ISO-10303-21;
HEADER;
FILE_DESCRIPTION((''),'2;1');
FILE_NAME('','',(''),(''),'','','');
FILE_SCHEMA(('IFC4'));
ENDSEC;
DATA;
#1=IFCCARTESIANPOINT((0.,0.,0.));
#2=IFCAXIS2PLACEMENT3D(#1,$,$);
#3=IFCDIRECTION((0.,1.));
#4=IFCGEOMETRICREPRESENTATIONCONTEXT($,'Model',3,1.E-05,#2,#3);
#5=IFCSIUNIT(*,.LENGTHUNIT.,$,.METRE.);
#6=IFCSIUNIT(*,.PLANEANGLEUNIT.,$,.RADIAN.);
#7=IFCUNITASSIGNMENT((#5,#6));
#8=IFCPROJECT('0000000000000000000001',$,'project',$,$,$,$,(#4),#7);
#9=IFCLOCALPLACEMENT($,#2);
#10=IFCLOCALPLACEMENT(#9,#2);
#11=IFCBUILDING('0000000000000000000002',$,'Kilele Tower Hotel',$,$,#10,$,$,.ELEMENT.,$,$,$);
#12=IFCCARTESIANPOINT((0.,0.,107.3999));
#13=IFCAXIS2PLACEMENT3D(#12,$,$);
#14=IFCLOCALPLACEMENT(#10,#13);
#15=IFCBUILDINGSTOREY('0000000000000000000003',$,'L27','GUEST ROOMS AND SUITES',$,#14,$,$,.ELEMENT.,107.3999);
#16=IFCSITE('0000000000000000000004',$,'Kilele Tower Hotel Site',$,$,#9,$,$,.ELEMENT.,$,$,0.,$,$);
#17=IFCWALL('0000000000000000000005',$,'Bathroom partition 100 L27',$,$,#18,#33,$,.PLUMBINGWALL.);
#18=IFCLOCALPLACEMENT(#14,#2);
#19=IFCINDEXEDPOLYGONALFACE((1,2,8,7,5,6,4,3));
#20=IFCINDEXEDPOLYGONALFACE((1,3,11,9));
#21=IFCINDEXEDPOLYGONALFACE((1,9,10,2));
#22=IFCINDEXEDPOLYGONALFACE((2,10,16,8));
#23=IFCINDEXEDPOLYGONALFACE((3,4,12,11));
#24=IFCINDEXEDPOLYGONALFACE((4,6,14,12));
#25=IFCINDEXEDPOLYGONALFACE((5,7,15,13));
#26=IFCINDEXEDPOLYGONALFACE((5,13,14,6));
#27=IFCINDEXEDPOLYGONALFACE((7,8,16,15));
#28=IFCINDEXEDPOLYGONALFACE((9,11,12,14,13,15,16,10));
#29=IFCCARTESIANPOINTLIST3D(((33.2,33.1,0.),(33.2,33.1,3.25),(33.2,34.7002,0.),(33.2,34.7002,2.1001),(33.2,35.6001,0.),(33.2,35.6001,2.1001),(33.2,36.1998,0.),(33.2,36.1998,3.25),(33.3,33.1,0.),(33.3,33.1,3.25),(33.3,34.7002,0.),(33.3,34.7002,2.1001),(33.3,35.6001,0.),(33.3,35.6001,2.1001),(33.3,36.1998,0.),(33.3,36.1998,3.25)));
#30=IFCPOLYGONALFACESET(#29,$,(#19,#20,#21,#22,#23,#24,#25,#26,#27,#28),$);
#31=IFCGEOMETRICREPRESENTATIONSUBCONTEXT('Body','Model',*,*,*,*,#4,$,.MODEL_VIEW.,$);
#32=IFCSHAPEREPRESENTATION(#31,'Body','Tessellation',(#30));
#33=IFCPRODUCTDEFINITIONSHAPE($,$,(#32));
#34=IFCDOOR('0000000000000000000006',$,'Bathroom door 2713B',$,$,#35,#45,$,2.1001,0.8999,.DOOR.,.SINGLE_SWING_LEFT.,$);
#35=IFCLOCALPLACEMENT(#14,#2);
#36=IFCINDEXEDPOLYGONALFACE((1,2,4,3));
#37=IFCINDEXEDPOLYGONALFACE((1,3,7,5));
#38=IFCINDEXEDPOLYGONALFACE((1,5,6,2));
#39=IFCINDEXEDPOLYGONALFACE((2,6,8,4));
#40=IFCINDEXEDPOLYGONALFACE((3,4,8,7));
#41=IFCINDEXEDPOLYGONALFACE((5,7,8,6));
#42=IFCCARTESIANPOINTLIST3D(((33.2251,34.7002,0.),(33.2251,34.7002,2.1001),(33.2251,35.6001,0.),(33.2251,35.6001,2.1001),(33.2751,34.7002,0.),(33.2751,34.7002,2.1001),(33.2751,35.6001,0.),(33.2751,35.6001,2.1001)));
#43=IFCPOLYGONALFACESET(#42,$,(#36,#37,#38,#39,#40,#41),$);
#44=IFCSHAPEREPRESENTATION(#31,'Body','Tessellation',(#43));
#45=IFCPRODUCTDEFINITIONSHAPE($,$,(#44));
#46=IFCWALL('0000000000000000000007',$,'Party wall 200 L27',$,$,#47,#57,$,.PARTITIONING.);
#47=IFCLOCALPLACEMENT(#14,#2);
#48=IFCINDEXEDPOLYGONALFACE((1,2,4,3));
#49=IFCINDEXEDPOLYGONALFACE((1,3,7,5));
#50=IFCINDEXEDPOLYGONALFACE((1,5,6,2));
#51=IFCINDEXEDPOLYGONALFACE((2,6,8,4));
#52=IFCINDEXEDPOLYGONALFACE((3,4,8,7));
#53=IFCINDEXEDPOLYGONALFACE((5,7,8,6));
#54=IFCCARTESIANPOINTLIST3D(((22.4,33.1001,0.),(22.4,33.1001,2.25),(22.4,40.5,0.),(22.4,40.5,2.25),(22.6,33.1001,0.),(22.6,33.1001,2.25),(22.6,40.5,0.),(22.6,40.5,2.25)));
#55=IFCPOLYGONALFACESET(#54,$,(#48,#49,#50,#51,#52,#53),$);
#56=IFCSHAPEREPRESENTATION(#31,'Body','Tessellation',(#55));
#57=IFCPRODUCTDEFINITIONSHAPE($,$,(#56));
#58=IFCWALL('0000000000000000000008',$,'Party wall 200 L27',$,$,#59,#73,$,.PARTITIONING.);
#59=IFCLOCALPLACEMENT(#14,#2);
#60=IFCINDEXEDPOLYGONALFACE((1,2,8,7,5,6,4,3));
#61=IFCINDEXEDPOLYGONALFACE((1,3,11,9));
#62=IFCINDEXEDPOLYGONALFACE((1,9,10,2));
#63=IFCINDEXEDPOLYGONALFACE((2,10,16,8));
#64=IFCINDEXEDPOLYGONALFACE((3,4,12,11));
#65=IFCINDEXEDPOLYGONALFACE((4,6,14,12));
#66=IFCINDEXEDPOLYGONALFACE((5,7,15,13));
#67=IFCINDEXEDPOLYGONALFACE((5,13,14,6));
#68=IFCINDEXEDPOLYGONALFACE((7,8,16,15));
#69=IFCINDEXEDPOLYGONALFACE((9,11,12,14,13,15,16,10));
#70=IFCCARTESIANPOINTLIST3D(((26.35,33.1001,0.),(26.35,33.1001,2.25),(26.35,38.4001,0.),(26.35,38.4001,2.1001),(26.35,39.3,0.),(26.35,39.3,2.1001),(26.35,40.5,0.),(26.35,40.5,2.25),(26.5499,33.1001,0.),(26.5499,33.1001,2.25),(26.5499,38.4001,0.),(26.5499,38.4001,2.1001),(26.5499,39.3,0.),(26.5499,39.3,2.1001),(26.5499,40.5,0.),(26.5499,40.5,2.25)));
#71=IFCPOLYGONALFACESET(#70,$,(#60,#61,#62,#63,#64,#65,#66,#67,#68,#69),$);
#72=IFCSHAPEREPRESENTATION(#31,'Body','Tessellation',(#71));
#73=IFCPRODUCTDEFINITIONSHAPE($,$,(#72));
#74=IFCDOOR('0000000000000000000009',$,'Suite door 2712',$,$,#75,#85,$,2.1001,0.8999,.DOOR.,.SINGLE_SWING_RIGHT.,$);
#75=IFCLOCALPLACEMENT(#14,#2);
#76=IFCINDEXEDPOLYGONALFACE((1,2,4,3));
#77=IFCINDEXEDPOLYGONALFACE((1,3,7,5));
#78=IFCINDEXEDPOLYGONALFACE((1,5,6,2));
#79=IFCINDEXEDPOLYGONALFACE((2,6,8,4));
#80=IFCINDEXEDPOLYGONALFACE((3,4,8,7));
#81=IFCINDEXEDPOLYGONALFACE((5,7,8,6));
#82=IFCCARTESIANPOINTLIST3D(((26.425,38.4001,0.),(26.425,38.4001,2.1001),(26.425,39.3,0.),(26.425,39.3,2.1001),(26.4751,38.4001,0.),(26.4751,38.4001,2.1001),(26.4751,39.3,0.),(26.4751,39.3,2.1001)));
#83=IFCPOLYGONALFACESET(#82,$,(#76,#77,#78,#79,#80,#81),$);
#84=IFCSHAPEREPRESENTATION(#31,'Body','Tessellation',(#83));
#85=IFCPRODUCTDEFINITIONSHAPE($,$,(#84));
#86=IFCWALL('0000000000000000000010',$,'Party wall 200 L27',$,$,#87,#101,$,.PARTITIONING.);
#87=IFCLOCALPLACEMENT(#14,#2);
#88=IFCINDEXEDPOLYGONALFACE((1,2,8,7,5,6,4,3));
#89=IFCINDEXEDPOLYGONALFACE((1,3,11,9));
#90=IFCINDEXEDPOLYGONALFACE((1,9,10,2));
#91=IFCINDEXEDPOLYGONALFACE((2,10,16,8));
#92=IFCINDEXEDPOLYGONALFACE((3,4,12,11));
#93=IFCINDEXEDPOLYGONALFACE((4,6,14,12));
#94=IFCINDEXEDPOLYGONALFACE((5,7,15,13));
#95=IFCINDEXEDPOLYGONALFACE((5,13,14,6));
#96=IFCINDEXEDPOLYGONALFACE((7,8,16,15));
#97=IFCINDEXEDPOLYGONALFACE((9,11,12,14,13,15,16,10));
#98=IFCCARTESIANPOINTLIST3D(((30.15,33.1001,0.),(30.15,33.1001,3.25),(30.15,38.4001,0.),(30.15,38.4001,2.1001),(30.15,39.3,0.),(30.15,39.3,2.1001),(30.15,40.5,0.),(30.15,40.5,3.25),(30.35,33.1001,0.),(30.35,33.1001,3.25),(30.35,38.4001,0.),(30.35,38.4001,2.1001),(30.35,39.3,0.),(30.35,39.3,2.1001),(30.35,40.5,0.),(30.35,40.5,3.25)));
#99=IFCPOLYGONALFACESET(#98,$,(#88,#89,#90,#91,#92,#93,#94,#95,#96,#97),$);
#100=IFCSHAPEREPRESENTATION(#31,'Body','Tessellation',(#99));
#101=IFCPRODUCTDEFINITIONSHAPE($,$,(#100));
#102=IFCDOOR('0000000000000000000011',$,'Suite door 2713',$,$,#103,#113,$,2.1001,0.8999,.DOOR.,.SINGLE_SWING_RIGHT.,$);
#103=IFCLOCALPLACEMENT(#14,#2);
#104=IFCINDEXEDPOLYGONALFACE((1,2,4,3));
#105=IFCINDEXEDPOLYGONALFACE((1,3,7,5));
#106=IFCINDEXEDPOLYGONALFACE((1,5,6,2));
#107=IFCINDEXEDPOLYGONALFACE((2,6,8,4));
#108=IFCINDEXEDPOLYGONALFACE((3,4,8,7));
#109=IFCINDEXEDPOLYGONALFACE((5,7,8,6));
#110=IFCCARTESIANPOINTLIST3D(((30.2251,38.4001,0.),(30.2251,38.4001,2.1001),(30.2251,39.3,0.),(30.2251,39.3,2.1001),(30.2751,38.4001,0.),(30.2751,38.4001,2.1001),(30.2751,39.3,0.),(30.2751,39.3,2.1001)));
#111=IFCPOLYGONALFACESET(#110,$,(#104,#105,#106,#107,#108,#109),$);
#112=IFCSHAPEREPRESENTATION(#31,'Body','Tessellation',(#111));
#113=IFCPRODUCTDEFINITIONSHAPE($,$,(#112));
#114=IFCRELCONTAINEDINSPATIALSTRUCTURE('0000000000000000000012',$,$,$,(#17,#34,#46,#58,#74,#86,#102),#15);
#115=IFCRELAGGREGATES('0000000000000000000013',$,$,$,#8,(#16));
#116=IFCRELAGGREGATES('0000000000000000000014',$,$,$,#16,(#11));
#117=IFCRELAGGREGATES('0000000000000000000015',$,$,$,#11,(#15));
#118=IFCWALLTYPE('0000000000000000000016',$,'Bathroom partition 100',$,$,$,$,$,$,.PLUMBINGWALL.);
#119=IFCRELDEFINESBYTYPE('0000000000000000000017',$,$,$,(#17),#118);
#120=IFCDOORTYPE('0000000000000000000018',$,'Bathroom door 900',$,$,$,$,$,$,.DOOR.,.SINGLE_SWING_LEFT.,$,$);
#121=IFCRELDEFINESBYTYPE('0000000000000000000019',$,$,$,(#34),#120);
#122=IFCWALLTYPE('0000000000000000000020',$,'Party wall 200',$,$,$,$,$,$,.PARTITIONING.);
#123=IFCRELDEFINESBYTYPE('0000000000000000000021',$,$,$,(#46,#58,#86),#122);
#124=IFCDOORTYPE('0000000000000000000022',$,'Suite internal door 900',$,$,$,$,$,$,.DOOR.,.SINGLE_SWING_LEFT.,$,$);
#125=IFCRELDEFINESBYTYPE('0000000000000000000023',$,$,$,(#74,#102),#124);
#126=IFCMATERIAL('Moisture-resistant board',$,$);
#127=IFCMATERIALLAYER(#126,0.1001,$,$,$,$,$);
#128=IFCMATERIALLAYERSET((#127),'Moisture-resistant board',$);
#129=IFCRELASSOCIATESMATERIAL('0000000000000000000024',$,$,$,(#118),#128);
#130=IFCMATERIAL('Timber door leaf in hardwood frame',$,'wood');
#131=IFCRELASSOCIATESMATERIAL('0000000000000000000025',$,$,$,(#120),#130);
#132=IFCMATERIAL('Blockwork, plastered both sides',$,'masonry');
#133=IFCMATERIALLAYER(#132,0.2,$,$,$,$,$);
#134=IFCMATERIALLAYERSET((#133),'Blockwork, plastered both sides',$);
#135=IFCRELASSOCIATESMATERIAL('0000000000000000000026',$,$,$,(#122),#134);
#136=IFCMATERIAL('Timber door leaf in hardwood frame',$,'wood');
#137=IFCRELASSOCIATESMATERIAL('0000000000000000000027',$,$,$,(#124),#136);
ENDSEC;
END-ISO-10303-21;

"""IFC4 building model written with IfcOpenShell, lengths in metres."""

from ifc_helpers import new_model, si_unit, direction, frame, frame_2d, origin, place, context, subcontext, project, spatial, rectangle, extrude, material, layer, layer_set, type_object, element, fill, save


model = new_model("IFC4")

# Units and contexts
model_context = context("Model", 3, precision=1e-05, world=origin(), true_north=direction((0.0, 1.0)))
body_context = subcontext(model_context, "Body", "Model", "MODEL_VIEW")
ifc_project = project(units=[si_unit("LENGTHUNIT", "METRE"), si_unit("PLANEANGLEUNIT", "RADIAN")], contexts=[model_context])

# Site, building, storey
site_placement = place(None, origin())
site = spatial("IfcSite", under=ifc_project, at=site_placement, Name="Kilele Tower Hotel Site", CompositionType="ELEMENT", RefElevation=0.0)
building_placement = place(site_placement, origin())
building = spatial("IfcBuilding", under=site, at=building_placement, Name="Kilele Tower Hotel", CompositionType="ELEMENT")
storey_placement = place(building_placement, frame((0.0, 0.0, 107.3999)))
storey = spatial("IfcBuildingStorey", under=building, at=storey_placement, Name="L27", Description="GUEST ROOMS AND SUITES", CompositionType="ELEMENT", Elevation=107.3999)

# Shared definitions
ifc_material_1 = material(Name="Moisture-resistant board")
ifc_layer_1 = layer(ifc_material_1, 0.1001)
ifc_layer_set_1 = layer_set([ifc_layer_1], Name="Moisture-resistant board")
wall_type_1 = type_object("IfcWallType", Name="Bathroom partition 100", PredefinedType="PLUMBINGWALL", material=ifc_layer_set_1)

# Shared definitions
ifc_material_2 = material(Name="Timber door leaf in hardwood frame", Category="wood")
door_type_1 = type_object("IfcDoorType", Name="Bathroom door 900", OperationType="SINGLE_SWING_LEFT", PredefinedType="DOOR", material=ifc_material_2)

# Wall, opening, door
wall_1_placement = place(storey_placement, frame((33.25, 33.1001, 0.0), z_axis=(0.0, 0.0, 1.0), x_axis=(0.0, 1.0, 0.0)))
wall_1 = element("IfcWall", 1, at=wall_1_placement, inside=storey, type_object=wall_type_1, Name="Bathroom partition 100 L27", PredefinedType="PLUMBINGWALL", context=body_context, shape_type="SweptSolid", body=[
    extrude(rectangle(XDim=3.0999, YDim=0.1001, at=frame_2d((1.5498, 0.0))), origin(), (0.0, 0.0, 1.0), 3.25),
])
opening_1_placement = place(wall_1_placement, frame((1.6001, 0.0, 0.0)))
opening_1 = element("IfcOpeningElement", 2, at=opening_1_placement, cuts=wall_1, PredefinedType="OPENING", context=body_context, shape_type="SweptSolid", body=[
    extrude(rectangle(XDim=0.8999, YDim=2.1001, at=frame_2d((0.45, 1.05))), frame((0.0, 0.0601, 0.0), z_axis=(0.0, -1.0, 0.0), x_axis=(1.0, 0.0, 0.0)), (0.0, 0.0, 1.0), 0.1201),
])
door_1_placement = place(opening_1_placement, origin())
door_1 = element("IfcDoor", 3, at=door_1_placement, inside=storey, type_object=door_type_1, Name="Bathroom door 2713B", OperationType="SINGLE_SWING_LEFT", OverallHeight=2.1001, OverallWidth=0.8999, PredefinedType="DOOR", context=body_context, shape_type="SweptSolid", body=[
    extrude(rectangle(XDim=0.8999, YDim=2.1001, at=frame_2d((0.45, 1.05))), frame((0.0, 0.0249, 0.0), z_axis=(0.0, -1.0, 0.0), x_axis=(1.0, 0.0, 0.0)), (0.0, 0.0, 1.0), 0.05),
])
fill(opening_1, door_1)

# Wall
ifc_material_3 = material(Name="Blockwork, plastered both sides", Category="masonry")
ifc_layer_2 = layer(ifc_material_3, 0.2)
ifc_layer_set_2 = layer_set([ifc_layer_2], Name="Blockwork, plastered both sides")
wall_type_2 = type_object("IfcWallType", Name="Party wall 200", PredefinedType="PARTITIONING", material=ifc_layer_set_2)
wall_2_placement = place(storey_placement, frame((22.5, 33.1001, 0.0), z_axis=(0.0, 0.0, 1.0), x_axis=(0.0, 1.0, 0.0)))
element("IfcWall", 4, at=wall_2_placement, inside=storey, type_object=wall_type_2, Name="Party wall 200 L27", PredefinedType="PARTITIONING", context=body_context, shape_type="SweptSolid", body=[
    extrude(rectangle(XDim=7.3999, YDim=0.2, at=frame_2d((3.7, 0.0))), origin(), (0.0, 0.0, 1.0), 2.25),
])

# Walls, openings, doors
wall_3_placement = place(storey_placement, frame((26.45, 33.1001, 0.0), z_axis=(0.0, 0.0, 1.0), x_axis=(0.0, 1.0, 0.0)))
wall_3 = element("IfcWall", 5, at=wall_3_placement, inside=storey, type_object=wall_type_2, Name="Party wall 200 L27", PredefinedType="PARTITIONING", context=body_context, shape_type="SweptSolid", body=[
    extrude(rectangle(XDim=7.3999, YDim=0.2, at=frame_2d((3.7, 0.0))), origin(), (0.0, 0.0, 1.0), 2.25),
])
opening_2_placement = place(wall_3_placement, frame((5.3, 0.0, 0.0)))
opening_2 = element("IfcOpeningElement", 6, at=opening_2_placement, cuts=wall_3, PredefinedType="OPENING", context=body_context, shape_type="SweptSolid", body=[
    extrude(rectangle(XDim=0.8999, YDim=2.1001, at=frame_2d((0.45, 1.05))), frame((0.0, 0.1099, 0.0), z_axis=(0.0, -1.0, 0.0), x_axis=(1.0, 0.0, 0.0)), (0.0, 0.0, 1.0), 0.22),
])
ifc_material_4 = material(Name="Timber door leaf in hardwood frame", Category="wood")
door_type_2 = type_object("IfcDoorType", Name="Suite internal door 900", OperationType="SINGLE_SWING_LEFT", PredefinedType="DOOR", material=ifc_material_4)
door_2_placement = place(opening_2_placement, origin())
door_2 = element("IfcDoor", 7, at=door_2_placement, inside=storey, type_object=door_type_2, Name="Suite door 2712", OperationType="SINGLE_SWING_RIGHT", OverallHeight=2.1001, OverallWidth=0.8999, PredefinedType="DOOR", context=body_context, shape_type="SweptSolid", body=[
    extrude(rectangle(XDim=0.8999, YDim=2.1001, at=frame_2d((0.45, 1.05))), frame((0.0, 0.0249, 0.0), z_axis=(0.0, -1.0, 0.0), x_axis=(1.0, 0.0, 0.0)), (0.0, 0.0, 1.0), 0.05),
])
fill(opening_2, door_2)
wall_4_placement = place(storey_placement, frame((30.25, 33.1001, 0.0), z_axis=(0.0, 0.0, 1.0), x_axis=(0.0, 1.0, 0.0)))
wall_4 = element("IfcWall", 8, at=wall_4_placement, inside=storey, type_object=wall_type_2, Name="Party wall 200 L27", PredefinedType="PARTITIONING", context=body_context, shape_type="SweptSolid", body=[
    extrude(rectangle(XDim=7.3999, YDim=0.2, at=frame_2d((3.7, 0.0))), origin(), (0.0, 0.0, 1.0), 3.25),
])
opening_3_placement = place(wall_4_placement, frame((5.3, 0.0, 0.0)))
opening_3 = element("IfcOpeningElement", 9, at=opening_3_placement, cuts=wall_4, PredefinedType="OPENING", context=body_context, shape_type="SweptSolid", body=[
    extrude(rectangle(XDim=0.8999, YDim=2.1001, at=frame_2d((0.45, 1.05))), frame((0.0, 0.1099, 0.0), z_axis=(0.0, -1.0, 0.0), x_axis=(1.0, 0.0, 0.0)), (0.0, 0.0, 1.0), 0.22),
])
door_3_placement = place(opening_3_placement, origin())
door_3 = element("IfcDoor", 10, at=door_3_placement, inside=storey, type_object=door_type_2, Name="Suite door 2713", OperationType="SINGLE_SWING_RIGHT", OverallHeight=2.1001, OverallWidth=0.8999, PredefinedType="DOOR", context=body_context, shape_type="SweptSolid", body=[
    extrude(rectangle(XDim=0.8999, YDim=2.1001, at=frame_2d((0.45, 1.05))), frame((0.0, 0.0249, 0.0), z_axis=(0.0, -1.0, 0.0), x_axis=(1.0, 0.0, 0.0)), (0.0, 0.0, 1.0), 0.05),
])
fill(opening_3, door_3)

save(model, "model.ifc")
